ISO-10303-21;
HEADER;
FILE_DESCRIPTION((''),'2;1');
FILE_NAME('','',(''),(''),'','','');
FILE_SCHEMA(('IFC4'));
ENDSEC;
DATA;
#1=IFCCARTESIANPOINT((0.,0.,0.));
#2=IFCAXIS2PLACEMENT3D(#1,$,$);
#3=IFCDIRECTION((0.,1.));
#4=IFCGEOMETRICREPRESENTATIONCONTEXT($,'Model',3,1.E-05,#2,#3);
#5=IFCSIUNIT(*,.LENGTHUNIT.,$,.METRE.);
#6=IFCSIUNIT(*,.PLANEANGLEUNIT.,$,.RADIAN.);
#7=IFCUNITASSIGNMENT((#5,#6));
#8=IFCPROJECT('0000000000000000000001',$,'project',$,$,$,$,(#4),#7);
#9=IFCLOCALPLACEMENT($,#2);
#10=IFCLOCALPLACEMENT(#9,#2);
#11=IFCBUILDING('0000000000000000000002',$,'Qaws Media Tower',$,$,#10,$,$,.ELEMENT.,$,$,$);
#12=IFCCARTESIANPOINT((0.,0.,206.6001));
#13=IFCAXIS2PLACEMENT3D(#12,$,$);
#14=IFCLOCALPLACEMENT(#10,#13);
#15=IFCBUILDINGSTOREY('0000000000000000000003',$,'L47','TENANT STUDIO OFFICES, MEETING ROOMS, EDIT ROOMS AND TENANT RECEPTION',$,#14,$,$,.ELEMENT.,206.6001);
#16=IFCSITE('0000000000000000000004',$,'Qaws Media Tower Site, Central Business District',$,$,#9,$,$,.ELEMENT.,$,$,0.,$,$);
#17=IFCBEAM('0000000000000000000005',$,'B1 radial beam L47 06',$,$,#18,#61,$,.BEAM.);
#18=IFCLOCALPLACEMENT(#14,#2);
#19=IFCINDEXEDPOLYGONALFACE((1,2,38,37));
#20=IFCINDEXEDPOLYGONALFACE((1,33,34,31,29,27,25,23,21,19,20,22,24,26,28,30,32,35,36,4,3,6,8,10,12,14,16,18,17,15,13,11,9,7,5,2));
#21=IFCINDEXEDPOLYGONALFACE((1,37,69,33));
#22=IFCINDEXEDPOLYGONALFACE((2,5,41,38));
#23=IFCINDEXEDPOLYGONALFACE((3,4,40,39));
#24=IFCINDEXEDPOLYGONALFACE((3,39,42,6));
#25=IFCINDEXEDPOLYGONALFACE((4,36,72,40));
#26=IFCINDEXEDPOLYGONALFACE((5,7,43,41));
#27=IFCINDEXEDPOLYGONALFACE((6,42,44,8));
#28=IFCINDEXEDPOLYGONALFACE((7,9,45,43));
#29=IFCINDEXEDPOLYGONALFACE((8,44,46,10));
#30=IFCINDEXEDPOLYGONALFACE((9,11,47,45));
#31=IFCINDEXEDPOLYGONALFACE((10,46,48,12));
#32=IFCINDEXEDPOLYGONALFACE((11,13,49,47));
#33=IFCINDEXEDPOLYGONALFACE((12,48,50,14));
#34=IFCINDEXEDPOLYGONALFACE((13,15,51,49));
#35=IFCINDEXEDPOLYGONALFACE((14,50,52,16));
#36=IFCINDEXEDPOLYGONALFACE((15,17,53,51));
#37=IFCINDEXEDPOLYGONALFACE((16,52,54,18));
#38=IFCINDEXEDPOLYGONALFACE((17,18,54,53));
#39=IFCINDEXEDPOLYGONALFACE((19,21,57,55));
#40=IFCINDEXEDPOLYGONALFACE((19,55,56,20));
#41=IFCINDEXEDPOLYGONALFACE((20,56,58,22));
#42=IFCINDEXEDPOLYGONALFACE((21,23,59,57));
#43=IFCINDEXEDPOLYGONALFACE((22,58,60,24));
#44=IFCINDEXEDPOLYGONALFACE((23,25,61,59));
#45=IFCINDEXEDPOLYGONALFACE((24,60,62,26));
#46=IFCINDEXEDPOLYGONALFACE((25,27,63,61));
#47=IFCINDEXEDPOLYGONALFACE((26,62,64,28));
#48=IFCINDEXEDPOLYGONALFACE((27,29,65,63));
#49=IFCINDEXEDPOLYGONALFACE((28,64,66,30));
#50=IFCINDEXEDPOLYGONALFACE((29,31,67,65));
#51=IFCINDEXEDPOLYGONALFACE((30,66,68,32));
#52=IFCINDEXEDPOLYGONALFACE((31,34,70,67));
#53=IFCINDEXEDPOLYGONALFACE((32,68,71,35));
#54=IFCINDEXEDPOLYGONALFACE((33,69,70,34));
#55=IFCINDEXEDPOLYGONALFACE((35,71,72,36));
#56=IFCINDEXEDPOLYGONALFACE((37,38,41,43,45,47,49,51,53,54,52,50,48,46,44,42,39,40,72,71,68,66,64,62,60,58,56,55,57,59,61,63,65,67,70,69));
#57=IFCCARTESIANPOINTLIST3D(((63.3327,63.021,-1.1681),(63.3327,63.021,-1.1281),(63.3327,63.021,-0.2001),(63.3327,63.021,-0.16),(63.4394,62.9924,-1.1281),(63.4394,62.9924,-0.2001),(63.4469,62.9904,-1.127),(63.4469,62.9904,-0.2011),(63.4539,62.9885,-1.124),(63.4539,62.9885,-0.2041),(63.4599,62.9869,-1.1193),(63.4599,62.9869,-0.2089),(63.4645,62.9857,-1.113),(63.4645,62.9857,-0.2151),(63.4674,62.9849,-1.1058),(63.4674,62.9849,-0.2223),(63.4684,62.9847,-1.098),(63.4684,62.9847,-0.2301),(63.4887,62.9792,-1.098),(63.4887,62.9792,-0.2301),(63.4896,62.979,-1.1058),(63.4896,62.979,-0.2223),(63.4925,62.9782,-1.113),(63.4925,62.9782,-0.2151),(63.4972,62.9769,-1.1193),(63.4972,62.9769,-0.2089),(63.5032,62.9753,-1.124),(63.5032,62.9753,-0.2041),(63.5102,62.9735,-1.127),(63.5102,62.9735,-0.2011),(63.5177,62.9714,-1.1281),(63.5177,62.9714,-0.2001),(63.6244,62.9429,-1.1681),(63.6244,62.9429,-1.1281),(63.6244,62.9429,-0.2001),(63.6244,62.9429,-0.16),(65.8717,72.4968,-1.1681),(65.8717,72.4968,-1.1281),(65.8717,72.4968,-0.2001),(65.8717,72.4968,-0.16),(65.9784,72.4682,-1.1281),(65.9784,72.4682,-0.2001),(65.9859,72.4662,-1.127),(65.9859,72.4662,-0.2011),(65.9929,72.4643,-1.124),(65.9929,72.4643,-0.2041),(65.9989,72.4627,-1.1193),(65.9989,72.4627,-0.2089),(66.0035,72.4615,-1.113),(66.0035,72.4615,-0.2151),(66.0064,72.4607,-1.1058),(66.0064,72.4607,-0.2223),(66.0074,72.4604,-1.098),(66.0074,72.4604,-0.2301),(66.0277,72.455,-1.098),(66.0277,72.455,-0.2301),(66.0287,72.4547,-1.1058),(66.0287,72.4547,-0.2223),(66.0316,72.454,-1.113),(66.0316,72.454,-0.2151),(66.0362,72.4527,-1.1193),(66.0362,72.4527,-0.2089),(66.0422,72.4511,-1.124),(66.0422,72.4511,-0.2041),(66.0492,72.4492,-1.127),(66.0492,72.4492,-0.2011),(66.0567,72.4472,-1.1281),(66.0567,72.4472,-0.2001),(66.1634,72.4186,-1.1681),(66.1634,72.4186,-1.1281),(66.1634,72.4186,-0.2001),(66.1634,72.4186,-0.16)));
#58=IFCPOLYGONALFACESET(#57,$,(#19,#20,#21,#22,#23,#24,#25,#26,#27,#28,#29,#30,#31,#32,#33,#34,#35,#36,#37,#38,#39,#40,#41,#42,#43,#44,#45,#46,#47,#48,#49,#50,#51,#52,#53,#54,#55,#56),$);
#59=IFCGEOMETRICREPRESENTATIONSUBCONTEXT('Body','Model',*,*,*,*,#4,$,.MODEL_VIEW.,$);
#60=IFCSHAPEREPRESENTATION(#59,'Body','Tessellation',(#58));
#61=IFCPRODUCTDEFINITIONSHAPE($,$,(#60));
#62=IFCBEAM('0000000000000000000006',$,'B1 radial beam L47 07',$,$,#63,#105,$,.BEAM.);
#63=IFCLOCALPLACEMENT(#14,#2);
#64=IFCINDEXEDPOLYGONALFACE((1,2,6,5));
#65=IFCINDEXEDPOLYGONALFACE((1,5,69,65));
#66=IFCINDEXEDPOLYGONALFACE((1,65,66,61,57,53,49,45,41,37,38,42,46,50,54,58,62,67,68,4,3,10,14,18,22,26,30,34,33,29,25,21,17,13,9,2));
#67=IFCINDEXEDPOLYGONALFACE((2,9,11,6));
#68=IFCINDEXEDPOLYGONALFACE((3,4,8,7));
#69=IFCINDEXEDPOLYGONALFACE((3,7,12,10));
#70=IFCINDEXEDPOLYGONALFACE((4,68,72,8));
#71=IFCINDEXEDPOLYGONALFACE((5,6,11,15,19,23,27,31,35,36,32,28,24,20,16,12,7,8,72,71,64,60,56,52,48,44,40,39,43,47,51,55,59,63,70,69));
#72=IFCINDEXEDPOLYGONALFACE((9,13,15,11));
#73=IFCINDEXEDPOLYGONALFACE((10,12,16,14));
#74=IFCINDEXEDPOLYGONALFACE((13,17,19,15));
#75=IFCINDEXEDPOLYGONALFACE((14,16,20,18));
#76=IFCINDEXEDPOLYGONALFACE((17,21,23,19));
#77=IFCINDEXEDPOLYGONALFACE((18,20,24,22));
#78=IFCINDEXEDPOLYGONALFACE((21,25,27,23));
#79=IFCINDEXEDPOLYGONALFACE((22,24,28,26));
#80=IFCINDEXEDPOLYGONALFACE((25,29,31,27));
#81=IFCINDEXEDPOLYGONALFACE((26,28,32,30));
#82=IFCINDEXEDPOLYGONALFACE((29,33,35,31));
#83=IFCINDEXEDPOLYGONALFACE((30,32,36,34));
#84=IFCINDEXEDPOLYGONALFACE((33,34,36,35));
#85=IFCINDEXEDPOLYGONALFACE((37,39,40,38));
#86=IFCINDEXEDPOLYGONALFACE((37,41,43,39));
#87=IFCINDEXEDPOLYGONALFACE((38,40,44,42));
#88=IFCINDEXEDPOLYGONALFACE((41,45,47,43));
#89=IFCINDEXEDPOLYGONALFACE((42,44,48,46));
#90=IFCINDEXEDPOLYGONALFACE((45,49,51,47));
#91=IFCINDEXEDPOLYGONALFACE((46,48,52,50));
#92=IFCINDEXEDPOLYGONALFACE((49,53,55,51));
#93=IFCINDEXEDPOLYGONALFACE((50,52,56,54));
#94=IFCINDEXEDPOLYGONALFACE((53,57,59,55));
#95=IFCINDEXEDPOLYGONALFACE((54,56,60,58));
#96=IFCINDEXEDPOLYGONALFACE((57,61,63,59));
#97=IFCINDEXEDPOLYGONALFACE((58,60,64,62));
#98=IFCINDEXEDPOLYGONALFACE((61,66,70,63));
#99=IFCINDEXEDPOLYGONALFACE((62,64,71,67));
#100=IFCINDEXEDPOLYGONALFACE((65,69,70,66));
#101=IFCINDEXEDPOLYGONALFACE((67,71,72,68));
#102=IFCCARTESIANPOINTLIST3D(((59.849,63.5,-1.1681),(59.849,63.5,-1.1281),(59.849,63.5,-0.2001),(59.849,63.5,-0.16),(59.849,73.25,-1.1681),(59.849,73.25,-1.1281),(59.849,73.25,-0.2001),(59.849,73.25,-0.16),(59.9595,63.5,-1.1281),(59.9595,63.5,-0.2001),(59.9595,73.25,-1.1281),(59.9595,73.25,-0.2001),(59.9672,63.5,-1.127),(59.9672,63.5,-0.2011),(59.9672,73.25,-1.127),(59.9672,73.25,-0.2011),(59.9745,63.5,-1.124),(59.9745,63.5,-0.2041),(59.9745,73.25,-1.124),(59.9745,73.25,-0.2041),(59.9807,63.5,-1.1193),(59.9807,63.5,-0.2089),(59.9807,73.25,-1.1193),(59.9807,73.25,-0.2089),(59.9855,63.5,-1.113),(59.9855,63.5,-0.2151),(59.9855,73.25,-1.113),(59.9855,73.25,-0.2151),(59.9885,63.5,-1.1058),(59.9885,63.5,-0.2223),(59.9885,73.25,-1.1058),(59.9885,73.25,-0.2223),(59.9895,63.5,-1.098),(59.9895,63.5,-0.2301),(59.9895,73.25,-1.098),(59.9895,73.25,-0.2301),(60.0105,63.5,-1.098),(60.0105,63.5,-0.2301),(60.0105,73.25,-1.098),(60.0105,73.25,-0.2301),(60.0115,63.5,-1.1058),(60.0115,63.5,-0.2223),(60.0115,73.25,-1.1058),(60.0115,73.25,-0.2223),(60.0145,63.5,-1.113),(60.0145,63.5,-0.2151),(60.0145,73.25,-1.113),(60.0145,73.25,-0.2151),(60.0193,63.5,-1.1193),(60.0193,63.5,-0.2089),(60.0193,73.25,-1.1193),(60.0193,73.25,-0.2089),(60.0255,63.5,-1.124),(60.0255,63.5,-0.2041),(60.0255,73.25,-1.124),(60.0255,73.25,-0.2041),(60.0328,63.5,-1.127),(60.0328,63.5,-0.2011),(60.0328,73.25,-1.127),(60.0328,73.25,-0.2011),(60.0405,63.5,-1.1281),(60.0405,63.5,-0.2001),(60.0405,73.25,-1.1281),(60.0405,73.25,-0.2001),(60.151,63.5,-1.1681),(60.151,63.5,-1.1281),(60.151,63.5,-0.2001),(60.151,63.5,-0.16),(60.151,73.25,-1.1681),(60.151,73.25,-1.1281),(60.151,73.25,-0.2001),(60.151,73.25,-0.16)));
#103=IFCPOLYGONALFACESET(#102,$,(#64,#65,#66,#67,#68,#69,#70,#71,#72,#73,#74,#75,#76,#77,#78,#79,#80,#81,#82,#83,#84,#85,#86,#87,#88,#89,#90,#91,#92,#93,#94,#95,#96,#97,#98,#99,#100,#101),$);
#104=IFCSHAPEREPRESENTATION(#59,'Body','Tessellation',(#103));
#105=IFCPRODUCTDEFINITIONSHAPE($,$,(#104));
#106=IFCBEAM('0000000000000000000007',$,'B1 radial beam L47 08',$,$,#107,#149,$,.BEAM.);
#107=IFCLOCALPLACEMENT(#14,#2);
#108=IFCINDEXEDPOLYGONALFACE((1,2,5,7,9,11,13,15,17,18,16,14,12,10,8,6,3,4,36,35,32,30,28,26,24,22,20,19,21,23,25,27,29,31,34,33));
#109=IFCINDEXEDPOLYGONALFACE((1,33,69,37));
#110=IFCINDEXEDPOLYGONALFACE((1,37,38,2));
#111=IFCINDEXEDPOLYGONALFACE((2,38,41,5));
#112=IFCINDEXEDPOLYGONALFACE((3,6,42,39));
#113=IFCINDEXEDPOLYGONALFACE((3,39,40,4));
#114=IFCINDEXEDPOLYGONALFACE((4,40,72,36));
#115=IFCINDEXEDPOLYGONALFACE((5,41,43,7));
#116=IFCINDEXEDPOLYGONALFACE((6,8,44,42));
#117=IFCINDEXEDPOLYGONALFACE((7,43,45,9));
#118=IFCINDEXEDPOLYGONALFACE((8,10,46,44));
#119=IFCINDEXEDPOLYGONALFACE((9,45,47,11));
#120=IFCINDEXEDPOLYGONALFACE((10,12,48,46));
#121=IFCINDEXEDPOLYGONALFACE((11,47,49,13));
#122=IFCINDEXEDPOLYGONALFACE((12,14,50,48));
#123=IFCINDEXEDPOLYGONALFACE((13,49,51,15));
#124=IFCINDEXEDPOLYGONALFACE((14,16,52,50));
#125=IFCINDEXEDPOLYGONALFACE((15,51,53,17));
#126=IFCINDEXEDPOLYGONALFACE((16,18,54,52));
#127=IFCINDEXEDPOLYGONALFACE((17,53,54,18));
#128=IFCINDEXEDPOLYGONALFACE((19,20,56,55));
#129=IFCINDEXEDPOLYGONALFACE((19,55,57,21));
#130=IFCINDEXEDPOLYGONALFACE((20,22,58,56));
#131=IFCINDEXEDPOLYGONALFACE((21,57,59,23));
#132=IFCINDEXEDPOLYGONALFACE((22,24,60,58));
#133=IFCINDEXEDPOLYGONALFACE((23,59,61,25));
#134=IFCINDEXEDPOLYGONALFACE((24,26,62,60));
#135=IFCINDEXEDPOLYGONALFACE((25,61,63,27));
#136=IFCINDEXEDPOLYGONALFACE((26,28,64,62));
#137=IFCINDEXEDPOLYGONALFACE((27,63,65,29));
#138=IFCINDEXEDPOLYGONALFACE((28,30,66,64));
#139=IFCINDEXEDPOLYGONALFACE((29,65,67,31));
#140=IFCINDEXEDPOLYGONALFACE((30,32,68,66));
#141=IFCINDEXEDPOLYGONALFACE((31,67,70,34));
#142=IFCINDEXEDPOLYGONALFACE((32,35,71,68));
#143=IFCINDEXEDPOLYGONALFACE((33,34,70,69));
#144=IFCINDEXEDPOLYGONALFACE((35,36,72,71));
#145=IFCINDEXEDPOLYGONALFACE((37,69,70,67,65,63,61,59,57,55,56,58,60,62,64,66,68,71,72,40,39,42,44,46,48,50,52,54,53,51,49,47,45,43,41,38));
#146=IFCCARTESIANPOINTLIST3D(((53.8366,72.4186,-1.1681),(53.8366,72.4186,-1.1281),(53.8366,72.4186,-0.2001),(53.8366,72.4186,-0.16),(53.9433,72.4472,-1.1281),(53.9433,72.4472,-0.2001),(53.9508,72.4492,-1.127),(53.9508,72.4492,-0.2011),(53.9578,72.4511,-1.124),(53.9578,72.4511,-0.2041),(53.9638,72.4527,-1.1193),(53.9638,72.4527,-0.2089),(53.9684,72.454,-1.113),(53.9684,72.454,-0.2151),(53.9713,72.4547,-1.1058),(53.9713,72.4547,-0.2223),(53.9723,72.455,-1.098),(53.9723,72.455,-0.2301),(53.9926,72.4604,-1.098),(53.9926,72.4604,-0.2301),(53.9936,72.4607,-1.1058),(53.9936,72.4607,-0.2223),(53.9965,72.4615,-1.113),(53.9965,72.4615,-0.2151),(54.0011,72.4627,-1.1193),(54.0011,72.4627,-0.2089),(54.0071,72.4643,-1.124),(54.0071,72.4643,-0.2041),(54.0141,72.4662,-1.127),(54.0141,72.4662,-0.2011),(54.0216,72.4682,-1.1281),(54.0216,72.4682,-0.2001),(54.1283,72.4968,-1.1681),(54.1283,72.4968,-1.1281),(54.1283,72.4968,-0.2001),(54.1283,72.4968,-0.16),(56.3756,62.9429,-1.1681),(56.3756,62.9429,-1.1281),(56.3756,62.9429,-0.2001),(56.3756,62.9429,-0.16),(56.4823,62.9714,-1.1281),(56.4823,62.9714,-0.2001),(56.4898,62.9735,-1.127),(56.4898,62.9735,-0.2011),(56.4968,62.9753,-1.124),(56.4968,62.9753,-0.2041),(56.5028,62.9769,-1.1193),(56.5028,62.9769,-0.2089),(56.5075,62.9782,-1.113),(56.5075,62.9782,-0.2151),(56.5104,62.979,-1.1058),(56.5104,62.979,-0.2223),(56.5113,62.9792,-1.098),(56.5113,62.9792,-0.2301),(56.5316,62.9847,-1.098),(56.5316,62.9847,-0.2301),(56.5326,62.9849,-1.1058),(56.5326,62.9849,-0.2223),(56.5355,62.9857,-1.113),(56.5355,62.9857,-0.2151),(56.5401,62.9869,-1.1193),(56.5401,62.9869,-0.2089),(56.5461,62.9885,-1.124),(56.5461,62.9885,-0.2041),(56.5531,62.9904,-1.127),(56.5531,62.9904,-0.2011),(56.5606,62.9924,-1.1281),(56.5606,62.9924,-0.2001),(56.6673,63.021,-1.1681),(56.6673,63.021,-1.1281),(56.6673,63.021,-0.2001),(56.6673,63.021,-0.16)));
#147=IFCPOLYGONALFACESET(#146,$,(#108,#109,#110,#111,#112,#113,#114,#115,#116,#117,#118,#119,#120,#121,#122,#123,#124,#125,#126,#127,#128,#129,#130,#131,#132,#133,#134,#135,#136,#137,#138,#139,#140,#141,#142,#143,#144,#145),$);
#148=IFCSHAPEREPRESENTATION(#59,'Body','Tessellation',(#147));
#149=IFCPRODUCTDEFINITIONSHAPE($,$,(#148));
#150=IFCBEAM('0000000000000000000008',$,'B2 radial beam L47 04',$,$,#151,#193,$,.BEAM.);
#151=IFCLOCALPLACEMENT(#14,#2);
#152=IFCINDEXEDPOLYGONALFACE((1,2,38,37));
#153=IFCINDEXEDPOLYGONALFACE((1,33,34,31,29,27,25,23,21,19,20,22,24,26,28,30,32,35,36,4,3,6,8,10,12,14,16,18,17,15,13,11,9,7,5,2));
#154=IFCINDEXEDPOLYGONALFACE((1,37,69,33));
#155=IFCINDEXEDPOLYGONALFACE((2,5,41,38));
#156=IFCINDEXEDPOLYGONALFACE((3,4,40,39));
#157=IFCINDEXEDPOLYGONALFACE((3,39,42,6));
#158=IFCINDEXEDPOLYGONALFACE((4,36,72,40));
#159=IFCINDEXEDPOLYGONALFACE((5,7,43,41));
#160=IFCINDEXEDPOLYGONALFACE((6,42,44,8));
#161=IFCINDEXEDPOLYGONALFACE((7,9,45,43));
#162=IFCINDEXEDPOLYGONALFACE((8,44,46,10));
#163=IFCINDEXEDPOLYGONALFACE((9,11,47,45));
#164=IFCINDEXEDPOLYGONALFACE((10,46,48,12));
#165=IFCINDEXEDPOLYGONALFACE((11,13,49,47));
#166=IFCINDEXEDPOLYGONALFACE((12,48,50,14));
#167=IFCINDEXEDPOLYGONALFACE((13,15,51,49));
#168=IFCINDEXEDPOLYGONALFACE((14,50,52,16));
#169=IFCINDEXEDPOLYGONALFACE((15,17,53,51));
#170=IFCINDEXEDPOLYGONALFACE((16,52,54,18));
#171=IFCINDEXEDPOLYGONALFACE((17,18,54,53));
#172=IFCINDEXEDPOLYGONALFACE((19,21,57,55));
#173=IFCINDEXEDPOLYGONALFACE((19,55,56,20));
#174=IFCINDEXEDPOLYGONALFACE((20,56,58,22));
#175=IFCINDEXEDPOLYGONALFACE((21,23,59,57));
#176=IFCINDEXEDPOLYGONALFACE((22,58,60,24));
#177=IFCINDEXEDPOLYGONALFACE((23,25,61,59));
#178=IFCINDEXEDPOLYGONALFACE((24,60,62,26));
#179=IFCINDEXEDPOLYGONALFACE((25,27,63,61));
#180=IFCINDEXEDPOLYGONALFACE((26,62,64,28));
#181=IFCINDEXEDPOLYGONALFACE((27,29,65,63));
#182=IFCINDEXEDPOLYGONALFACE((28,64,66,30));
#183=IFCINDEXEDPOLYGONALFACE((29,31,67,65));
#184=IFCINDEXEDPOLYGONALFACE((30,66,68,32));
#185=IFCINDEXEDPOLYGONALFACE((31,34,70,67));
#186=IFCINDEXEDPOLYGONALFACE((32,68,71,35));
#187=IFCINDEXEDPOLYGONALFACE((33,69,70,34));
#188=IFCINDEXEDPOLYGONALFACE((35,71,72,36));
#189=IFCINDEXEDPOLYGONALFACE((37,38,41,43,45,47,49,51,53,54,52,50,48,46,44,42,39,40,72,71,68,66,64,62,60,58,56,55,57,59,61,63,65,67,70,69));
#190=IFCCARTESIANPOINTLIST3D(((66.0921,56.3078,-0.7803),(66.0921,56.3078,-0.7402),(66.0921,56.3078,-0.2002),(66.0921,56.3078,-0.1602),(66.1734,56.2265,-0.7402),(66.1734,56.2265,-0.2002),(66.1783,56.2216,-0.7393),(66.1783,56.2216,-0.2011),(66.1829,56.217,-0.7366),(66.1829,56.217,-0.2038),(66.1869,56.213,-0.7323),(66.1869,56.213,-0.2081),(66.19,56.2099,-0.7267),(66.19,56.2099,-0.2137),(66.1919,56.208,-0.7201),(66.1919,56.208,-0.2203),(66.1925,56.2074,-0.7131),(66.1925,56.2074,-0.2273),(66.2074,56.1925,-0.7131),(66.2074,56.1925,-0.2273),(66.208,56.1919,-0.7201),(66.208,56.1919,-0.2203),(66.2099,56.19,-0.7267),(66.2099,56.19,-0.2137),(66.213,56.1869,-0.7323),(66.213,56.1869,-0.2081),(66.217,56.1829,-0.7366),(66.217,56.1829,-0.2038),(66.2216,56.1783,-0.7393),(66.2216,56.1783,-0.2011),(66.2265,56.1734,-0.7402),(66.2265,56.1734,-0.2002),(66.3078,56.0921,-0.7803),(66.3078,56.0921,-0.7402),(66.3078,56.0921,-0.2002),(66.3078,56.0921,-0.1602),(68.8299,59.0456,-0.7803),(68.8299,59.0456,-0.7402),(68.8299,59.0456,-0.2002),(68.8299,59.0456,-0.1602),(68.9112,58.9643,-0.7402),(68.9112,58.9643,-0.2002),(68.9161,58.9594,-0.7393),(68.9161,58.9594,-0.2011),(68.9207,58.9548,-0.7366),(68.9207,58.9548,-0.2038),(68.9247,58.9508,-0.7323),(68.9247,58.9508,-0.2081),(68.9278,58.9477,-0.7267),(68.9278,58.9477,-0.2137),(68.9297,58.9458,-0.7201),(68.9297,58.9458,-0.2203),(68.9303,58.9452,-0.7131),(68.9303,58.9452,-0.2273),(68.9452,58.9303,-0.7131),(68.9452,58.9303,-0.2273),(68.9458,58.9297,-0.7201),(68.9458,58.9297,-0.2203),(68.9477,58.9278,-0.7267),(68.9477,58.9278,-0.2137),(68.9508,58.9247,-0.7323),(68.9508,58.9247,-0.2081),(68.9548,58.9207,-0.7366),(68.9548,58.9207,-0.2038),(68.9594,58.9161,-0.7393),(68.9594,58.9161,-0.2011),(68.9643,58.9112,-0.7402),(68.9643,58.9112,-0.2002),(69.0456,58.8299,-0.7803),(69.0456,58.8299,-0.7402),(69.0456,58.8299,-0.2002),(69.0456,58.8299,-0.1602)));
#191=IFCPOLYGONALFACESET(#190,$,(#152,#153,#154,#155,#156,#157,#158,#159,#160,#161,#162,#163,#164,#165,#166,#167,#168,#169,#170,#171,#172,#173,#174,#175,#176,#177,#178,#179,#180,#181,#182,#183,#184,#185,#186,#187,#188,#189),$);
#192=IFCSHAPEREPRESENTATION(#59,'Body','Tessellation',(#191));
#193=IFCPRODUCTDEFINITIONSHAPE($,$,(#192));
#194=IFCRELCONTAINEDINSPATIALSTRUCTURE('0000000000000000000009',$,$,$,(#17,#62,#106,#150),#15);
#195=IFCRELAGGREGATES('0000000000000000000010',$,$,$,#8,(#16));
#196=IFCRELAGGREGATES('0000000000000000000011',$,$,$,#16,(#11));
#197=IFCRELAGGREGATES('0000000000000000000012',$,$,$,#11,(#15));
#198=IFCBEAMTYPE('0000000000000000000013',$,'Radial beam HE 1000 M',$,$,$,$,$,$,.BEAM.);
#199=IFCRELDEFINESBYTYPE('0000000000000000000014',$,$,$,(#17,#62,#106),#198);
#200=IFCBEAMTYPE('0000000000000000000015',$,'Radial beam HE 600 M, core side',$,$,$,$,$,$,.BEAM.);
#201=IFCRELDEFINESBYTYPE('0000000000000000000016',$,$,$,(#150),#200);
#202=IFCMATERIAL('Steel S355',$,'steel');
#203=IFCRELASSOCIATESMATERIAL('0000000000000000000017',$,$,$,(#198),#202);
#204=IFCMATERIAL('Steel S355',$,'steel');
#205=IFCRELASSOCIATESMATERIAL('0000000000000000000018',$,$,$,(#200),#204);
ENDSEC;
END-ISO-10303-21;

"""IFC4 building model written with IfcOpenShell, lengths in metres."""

from ifc_helpers import new_model, si_unit, direction, frame, origin, origin_2d, place, context, subcontext, project, spatial, i_section, extrude, material, material_profile, profile_set, type_object, element, save


model = new_model("IFC4")

# Units and contexts
model_context = context("Model", 3, precision=1e-05, world=origin(), true_north=direction((0.0, 1.0)))
body_context = subcontext(model_context, "Body", "Model", "MODEL_VIEW")
ifc_project = project(units=[si_unit("LENGTHUNIT", "METRE"), si_unit("PLANEANGLEUNIT", "RADIAN")], contexts=[model_context])

# Site, building, storey
site_placement = place(None, origin())
site = spatial("IfcSite", under=ifc_project, at=site_placement, Name="Qaws Media Tower Site, Central Business District", CompositionType="ELEMENT", RefElevation=0.0)
building_placement = place(site_placement, origin())
building = spatial("IfcBuilding", under=site, at=building_placement, Name="Qaws Media Tower", CompositionType="ELEMENT")
storey_placement = place(building_placement, frame((0.0, 0.0, 206.6001)))
storey = spatial("IfcBuildingStorey", under=building, at=storey_placement, Name="L47", Description="TENANT STUDIO OFFICES, MEETING ROOMS, EDIT ROOMS AND TENANT RECEPTION", CompositionType="ELEMENT", Elevation=206.6001)

# Beams
ifc_material_1 = material(Name="Steel S355", Category="steel")
ifc_material_profile_1 = material_profile(ifc_material_1, i_section(OverallWidth=0.302, OverallDepth=1.0081, WebThickness=0.021, FlangeThickness=0.04, FilletRadius=0.03, at=origin_2d()), Name="HE 1000 M")
ifc_profile_set_1 = profile_set([ifc_material_profile_1], Name="Steel S355")
beam_type_1 = type_object("IfcBeamType", Name="Radial beam HE 1000 M", PredefinedType="BEAM", material=ifc_profile_set_1)
beam_1_placement = place(storey_placement, frame((63.4785, 62.9819, -0.6641), z_axis=(0.258821, 0.965925, 0.0), x_axis=(-0.965925, 0.258821, 0.0)))
element("IfcBeam", 1, at=beam_1_placement, inside=storey, type_object=beam_type_1, Name="B1 radial beam L47 06", PredefinedType="BEAM", context=body_context, shape_type="SweptSolid", body=[
    extrude(i_section(OverallWidth=0.302, OverallDepth=1.0081, WebThickness=0.021, FlangeThickness=0.04, FilletRadius=0.03, at=origin_2d()), origin(), (0.0, 0.0, 1.0), 9.8101),
])
beam_2_placement = place(storey_placement, frame((60.0, 63.5, -0.6641), z_axis=(0.0, 1.0, 0.0), x_axis=(-1.0, 0.0, 0.0)))
element("IfcBeam", 2, at=beam_2_placement, inside=storey, type_object=beam_type_1, Name="B1 radial beam L47 07", PredefinedType="BEAM", context=body_context, shape_type="SweptSolid", body=[
    extrude(i_section(OverallWidth=0.302, OverallDepth=1.0081, WebThickness=0.021, FlangeThickness=0.04, FilletRadius=0.03, at=origin_2d()), origin(), (0.0, 0.0, 1.0), 9.75),
])
beam_3_placement = place(storey_placement, frame((56.5215, 62.9819, -0.6641), z_axis=(-0.258821, 0.965925, 0.0), x_axis=(-0.965925, -0.258821, 0.0)))
element("IfcBeam", 3, at=beam_3_placement, inside=storey, type_object=beam_type_1, Name="B1 radial beam L47 08", PredefinedType="BEAM", context=body_context, shape_type="SweptSolid", body=[
    extrude(i_section(OverallWidth=0.302, OverallDepth=1.0081, WebThickness=0.021, FlangeThickness=0.04, FilletRadius=0.03, at=origin_2d()), origin(), (0.0, 0.0, 1.0), 9.8101),
])
ifc_material_2 = material(Name="Steel S355", Category="steel")
ifc_material_profile_2 = material_profile(ifc_material_2, i_section(OverallWidth=0.3049, OverallDepth=0.6201, WebThickness=0.021, FlangeThickness=0.04, FilletRadius=0.0271, at=origin_2d()), Name="HE 600 M")
ifc_profile_set_2 = profile_set([ifc_material_profile_2], Name="Steel S355")
beam_type_2 = type_object("IfcBeamType", Name="Radial beam HE 600 M, core side", PredefinedType="BEAM", material=ifc_profile_set_2)
beam_4_placement = place(storey_placement, frame((66.2, 56.2, -0.4702), z_axis=(0.707107, 0.707107, 0.0), x_axis=(-0.707107, 0.707107, 0.0)))
element("IfcBeam", 4, at=beam_4_placement, inside=storey, type_object=beam_type_2, Name="B2 radial beam L47 04", PredefinedType="BEAM", context=body_context, shape_type="SweptSolid", body=[
    extrude(i_section(OverallWidth=0.3049, OverallDepth=0.6201, WebThickness=0.021, FlangeThickness=0.04, FilletRadius=0.0271, at=origin_2d()), origin(), (0.0, 0.0, 1.0), 3.8718),
])

save(model, "model.ifc")
